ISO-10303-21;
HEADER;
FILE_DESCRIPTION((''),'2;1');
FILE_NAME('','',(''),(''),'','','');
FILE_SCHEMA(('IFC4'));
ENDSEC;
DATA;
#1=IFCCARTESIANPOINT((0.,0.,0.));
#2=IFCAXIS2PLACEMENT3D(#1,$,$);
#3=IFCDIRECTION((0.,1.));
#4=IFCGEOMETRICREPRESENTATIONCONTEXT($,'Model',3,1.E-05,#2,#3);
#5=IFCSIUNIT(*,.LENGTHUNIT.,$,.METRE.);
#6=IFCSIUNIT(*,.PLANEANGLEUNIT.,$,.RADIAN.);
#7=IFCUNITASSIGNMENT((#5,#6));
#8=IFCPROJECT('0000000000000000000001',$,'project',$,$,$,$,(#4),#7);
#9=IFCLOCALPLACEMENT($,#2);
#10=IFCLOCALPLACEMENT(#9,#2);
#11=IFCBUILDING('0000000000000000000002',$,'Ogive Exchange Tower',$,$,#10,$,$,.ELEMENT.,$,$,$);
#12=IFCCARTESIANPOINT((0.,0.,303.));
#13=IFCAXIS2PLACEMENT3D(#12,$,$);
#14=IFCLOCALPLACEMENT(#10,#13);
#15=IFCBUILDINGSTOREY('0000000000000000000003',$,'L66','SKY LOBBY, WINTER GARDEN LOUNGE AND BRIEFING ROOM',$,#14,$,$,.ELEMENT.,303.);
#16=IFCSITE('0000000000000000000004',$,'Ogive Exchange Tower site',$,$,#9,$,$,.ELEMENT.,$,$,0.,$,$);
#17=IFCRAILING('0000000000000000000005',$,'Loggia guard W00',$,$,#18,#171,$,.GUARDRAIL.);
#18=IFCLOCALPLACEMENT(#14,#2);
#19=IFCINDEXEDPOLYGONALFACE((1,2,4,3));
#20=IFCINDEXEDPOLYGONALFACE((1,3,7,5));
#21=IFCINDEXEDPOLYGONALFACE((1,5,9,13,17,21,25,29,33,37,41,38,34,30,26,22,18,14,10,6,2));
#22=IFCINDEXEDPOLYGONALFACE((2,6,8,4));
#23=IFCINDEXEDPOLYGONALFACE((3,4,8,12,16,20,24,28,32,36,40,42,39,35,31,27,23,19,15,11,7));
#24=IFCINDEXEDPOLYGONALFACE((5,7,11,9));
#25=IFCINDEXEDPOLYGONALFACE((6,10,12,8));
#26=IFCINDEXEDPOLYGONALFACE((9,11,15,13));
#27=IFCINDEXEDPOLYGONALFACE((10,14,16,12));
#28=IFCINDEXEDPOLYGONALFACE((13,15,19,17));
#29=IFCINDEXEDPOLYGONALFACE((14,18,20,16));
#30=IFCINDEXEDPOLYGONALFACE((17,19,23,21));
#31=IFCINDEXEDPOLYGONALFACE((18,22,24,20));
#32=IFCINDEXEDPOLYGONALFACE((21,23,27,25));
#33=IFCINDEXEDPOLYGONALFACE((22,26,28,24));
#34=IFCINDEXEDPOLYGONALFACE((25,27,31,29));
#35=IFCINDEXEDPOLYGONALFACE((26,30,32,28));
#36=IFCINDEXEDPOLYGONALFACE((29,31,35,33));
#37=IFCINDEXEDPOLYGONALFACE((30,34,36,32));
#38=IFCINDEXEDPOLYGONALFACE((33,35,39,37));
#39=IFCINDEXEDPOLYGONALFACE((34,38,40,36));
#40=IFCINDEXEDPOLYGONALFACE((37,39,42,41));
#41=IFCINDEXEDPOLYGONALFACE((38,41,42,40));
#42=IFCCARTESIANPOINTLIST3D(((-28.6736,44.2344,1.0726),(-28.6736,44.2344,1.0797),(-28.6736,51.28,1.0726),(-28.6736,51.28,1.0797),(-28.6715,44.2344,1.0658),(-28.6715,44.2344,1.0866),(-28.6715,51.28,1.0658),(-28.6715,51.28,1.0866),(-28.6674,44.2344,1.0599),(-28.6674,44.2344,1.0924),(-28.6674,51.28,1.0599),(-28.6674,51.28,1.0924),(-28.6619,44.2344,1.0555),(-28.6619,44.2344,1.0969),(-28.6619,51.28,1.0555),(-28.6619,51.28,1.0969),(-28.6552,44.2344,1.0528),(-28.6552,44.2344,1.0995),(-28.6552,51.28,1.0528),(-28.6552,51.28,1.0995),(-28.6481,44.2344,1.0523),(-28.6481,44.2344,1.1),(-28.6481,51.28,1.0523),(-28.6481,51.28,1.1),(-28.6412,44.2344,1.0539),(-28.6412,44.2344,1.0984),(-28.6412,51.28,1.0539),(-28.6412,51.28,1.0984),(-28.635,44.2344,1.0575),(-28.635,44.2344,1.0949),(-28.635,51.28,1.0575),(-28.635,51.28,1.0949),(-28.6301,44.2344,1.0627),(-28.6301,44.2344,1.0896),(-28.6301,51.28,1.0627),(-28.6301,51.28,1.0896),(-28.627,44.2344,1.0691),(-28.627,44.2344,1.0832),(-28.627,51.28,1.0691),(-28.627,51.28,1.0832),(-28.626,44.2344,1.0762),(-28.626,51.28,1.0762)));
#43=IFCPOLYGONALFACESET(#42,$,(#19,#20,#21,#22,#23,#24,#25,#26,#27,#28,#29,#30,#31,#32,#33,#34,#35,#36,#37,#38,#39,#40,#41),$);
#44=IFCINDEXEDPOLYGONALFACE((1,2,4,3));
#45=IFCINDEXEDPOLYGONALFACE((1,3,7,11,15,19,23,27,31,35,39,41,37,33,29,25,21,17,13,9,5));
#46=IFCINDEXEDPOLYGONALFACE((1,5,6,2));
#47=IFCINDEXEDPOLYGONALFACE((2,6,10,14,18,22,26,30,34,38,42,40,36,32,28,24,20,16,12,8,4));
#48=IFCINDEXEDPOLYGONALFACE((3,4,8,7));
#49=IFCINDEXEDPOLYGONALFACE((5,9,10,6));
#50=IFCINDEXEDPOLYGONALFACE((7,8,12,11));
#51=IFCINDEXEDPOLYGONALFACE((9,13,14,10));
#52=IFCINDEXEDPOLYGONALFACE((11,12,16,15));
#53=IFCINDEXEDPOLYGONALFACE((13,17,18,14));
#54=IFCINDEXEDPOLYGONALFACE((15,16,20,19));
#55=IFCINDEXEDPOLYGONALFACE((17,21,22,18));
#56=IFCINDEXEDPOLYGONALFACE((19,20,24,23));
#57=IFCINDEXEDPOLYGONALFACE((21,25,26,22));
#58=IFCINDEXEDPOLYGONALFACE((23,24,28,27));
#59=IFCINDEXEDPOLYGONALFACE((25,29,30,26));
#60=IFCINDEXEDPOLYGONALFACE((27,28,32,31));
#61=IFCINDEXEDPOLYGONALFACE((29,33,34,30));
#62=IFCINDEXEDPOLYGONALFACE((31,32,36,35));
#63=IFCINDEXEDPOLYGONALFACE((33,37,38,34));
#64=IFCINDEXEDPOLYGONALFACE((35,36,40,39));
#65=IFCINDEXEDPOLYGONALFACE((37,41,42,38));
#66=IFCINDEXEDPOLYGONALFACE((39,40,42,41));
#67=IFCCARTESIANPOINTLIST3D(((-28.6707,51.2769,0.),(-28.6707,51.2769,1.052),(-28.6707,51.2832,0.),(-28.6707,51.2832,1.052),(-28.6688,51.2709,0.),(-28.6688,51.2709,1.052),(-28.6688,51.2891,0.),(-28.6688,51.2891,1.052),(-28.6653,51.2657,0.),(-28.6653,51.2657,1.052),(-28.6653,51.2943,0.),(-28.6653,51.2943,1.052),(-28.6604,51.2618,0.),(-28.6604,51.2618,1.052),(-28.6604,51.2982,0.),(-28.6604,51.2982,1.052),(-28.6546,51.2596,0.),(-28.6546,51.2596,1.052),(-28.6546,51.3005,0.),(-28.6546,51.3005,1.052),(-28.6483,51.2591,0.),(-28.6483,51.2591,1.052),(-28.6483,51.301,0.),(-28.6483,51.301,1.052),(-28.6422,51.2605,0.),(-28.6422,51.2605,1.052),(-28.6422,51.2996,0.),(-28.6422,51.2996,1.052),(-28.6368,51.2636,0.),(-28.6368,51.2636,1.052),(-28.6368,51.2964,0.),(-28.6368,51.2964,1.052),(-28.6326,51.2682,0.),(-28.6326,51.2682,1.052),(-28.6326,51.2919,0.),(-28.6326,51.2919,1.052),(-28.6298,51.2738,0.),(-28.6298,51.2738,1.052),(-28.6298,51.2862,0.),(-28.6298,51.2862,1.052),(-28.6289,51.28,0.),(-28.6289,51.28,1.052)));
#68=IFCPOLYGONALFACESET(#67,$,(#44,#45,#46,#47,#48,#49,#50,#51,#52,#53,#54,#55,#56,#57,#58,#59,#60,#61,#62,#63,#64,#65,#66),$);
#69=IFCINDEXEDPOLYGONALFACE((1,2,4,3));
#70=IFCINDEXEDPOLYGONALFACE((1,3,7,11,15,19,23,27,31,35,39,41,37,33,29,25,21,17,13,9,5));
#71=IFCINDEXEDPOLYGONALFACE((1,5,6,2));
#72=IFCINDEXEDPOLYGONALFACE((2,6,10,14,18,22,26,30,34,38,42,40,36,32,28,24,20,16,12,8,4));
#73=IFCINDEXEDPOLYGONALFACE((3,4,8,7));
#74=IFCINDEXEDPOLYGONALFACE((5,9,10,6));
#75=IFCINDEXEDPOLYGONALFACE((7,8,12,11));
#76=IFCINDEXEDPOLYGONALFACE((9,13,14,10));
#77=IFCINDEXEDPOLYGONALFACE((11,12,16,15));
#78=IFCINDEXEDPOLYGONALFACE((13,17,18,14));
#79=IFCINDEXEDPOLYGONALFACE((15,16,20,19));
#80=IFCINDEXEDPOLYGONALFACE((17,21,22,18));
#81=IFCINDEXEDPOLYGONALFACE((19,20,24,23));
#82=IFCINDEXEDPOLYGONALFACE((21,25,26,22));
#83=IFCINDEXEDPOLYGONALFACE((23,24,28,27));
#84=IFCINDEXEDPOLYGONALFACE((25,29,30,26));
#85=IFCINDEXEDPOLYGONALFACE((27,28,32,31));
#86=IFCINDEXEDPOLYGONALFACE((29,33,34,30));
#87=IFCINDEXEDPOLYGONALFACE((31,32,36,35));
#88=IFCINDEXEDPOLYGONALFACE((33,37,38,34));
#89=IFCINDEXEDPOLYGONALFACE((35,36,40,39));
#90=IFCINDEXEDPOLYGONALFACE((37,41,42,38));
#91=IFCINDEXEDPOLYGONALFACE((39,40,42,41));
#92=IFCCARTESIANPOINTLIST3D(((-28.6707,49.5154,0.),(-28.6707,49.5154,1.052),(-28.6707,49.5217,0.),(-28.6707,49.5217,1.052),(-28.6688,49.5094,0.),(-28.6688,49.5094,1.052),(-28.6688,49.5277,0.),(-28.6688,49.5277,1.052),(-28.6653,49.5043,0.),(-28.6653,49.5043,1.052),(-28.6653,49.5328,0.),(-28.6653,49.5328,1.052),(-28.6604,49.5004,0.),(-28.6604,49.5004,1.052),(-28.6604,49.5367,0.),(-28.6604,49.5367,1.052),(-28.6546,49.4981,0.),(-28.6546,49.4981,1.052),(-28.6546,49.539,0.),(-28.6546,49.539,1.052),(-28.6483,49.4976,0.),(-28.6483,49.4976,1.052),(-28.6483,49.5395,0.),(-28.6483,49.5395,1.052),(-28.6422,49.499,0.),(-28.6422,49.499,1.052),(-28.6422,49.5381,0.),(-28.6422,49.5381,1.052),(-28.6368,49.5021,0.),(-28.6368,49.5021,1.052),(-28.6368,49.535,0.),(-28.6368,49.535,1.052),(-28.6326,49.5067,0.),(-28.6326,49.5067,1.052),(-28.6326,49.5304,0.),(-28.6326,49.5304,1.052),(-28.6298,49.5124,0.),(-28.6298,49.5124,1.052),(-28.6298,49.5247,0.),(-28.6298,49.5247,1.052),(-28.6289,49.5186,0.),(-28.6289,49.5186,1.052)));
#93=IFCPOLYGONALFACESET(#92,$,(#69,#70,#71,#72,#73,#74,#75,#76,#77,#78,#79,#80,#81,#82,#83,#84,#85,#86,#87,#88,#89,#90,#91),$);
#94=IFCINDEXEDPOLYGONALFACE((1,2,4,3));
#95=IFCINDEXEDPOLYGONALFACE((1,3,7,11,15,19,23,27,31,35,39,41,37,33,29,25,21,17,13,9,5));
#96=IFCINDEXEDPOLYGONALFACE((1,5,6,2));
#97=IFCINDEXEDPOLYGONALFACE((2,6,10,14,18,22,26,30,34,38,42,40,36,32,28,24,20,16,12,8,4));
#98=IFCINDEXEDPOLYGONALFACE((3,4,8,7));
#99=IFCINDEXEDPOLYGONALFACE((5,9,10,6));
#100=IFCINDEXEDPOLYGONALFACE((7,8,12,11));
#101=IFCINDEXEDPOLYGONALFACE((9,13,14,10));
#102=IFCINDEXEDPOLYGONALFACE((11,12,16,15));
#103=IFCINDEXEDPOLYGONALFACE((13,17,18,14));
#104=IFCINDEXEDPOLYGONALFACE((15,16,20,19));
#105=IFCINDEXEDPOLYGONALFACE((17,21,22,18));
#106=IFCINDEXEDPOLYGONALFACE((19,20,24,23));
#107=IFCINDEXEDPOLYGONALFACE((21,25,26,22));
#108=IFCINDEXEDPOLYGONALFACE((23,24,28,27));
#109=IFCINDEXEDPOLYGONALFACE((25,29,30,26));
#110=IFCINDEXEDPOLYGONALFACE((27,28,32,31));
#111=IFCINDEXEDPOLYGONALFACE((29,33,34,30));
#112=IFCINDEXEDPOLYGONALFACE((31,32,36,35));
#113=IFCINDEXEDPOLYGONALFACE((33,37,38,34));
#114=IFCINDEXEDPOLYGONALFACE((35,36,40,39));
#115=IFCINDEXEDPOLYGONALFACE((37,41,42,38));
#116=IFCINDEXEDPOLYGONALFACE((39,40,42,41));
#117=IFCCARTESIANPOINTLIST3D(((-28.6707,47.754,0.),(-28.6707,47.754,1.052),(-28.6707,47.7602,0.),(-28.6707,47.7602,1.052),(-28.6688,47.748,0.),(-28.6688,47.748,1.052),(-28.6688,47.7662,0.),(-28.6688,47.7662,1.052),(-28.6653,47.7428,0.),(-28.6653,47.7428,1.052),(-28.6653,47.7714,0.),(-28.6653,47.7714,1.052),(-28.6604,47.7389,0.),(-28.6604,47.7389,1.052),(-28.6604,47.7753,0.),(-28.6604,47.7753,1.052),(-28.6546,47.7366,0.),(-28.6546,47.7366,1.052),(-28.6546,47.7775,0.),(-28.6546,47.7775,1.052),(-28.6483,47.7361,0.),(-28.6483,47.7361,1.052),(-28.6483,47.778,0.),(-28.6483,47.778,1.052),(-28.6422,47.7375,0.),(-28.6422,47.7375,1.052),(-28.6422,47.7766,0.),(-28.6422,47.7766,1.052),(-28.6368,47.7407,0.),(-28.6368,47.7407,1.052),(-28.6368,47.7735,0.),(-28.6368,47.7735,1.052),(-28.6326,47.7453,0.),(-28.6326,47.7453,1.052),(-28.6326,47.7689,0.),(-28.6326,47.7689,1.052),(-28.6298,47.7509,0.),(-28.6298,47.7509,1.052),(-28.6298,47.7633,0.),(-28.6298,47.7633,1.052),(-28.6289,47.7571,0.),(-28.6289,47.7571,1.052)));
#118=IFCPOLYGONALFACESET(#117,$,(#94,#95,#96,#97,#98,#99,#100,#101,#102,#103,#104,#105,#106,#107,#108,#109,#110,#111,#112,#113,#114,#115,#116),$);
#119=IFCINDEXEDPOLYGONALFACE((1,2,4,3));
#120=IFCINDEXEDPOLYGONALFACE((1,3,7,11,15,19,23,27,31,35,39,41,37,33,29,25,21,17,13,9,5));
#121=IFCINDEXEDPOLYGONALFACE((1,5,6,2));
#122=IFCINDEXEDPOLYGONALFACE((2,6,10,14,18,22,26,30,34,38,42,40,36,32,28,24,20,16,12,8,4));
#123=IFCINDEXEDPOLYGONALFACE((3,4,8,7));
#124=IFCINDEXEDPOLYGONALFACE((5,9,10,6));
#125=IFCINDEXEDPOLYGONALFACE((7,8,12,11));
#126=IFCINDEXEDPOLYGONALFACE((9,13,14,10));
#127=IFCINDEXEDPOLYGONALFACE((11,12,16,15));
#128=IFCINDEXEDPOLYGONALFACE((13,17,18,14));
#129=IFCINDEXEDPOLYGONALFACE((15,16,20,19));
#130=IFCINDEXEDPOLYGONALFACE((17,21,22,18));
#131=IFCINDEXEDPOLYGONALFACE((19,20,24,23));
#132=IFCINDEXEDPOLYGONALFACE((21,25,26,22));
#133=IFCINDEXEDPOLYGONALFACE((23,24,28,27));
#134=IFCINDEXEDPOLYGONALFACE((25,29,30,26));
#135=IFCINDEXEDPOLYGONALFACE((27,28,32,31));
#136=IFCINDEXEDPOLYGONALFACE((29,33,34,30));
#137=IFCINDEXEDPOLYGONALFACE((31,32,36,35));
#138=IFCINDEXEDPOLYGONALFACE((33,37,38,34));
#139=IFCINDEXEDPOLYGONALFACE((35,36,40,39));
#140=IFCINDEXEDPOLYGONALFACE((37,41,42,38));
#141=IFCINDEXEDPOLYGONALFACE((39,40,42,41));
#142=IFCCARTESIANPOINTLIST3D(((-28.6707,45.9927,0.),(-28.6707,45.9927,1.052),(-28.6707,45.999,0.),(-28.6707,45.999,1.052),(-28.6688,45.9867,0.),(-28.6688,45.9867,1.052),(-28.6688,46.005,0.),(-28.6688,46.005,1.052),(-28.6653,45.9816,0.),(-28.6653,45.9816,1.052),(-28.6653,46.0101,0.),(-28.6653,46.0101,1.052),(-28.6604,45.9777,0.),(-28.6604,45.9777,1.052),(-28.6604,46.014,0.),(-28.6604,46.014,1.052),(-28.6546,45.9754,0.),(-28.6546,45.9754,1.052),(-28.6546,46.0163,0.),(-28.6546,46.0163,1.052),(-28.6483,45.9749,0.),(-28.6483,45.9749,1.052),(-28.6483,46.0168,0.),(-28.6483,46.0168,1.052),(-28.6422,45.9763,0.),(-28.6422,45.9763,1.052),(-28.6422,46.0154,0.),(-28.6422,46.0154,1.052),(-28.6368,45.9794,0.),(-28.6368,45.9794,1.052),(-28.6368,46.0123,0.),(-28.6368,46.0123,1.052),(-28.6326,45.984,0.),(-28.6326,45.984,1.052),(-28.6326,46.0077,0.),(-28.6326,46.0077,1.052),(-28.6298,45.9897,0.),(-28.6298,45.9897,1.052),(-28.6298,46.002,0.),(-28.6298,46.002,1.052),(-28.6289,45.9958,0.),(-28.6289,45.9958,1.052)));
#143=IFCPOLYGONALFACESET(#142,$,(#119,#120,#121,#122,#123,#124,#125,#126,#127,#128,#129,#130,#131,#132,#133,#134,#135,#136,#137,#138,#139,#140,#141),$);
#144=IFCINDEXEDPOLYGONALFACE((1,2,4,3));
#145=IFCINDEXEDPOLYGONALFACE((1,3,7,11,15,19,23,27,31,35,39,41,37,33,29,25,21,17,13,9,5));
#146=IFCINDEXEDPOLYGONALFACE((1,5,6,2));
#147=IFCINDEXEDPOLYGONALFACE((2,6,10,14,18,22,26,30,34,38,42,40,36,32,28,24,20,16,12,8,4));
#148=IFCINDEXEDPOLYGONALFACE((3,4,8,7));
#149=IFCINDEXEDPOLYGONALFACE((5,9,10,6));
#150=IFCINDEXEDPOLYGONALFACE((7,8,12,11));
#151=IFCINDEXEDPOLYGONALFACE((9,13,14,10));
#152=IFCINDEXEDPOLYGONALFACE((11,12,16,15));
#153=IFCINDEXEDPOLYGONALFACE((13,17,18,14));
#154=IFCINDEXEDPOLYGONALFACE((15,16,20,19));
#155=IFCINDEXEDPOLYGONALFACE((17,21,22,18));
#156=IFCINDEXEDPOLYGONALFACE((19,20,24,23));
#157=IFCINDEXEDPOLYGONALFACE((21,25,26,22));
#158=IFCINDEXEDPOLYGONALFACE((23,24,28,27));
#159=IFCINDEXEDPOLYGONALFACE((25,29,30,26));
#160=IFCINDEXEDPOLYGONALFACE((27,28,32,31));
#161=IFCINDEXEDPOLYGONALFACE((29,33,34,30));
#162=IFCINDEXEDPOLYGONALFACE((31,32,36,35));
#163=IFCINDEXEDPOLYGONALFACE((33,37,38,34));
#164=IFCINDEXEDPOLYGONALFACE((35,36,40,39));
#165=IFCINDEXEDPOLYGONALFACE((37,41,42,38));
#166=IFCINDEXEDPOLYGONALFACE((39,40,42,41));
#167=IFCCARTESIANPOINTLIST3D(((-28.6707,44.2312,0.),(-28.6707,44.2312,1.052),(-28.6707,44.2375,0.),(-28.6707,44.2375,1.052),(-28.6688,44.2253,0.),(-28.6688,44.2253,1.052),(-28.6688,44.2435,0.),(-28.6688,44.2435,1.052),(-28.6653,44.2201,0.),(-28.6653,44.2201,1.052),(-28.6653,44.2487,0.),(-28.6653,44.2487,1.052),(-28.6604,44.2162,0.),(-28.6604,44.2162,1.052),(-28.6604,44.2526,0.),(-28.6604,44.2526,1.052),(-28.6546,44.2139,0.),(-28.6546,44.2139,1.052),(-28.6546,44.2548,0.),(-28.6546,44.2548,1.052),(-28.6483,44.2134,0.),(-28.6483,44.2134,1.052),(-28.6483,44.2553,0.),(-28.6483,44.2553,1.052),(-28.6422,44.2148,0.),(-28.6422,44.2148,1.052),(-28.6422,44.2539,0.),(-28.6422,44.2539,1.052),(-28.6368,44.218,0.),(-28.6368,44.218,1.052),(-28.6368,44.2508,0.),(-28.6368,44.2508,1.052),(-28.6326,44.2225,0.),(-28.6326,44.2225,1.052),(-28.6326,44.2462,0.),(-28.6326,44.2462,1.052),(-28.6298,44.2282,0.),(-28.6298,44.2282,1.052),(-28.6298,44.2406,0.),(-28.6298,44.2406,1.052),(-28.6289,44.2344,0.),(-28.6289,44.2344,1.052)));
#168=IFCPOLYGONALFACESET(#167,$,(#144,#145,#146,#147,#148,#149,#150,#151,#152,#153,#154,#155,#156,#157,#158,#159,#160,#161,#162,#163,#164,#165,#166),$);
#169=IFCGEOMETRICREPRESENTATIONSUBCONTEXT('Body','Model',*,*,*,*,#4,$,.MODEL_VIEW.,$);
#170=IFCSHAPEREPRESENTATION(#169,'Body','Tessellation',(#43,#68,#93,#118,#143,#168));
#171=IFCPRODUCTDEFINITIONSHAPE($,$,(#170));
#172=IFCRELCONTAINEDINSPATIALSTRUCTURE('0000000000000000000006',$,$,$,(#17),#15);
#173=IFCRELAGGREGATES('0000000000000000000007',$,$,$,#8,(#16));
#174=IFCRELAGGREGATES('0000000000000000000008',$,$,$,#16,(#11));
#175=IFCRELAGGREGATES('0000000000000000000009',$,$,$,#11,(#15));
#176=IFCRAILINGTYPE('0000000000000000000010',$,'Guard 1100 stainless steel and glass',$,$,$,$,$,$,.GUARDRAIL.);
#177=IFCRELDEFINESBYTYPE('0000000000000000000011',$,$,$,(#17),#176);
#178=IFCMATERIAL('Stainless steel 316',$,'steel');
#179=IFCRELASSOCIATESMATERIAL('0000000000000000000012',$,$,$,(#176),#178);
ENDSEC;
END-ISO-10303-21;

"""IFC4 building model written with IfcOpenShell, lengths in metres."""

from ifc_helpers import new_model, si_unit, direction, frame, origin, origin_2d, place, context, subcontext, project, spatial, circle, extrude, material, type_object, element, save


model = new_model("IFC4")

# Units and contexts
model_context = context("Model", 3, precision=1e-05, world=origin(), true_north=direction((0.0, 1.0)))
body_context = subcontext(model_context, "Body", "Model", "MODEL_VIEW")
ifc_project = project(units=[si_unit("LENGTHUNIT", "METRE"), si_unit("PLANEANGLEUNIT", "RADIAN")], contexts=[model_context])

# Site, building, storey
site_placement = place(None, origin())
site = spatial("IfcSite", under=ifc_project, at=site_placement, Name="Ogive Exchange Tower site", CompositionType="ELEMENT", RefElevation=0.0)
building_placement = place(site_placement, origin())
building = spatial("IfcBuilding", under=site, at=building_placement, Name="Ogive Exchange Tower", CompositionType="ELEMENT")
storey_placement = place(building_placement, frame((0.0, 0.0, 303.0)))
storey = spatial("IfcBuildingStorey", under=building, at=storey_placement, Name="L66", Description="SKY LOBBY, WINTER GARDEN LOUNGE AND BRIEFING ROOM", CompositionType="ELEMENT", Elevation=303.0)

# Railing
ifc_material_1 = material(Name="Stainless steel 316", Category="steel")
railing_type_1 = type_object("IfcRailingType", Name="Guard 1100 stainless steel and glass", PredefinedType="GUARDRAIL", material=ifc_material_1)
for number, where, name in (
    (1, (-28.6499, 51.28, 0.0), "Loggia guard W00"),
):
    element("IfcRailing", number, at=place(storey_placement, frame(where)), inside=storey, type_object=railing_type_1, Name=name, PredefinedType="GUARDRAIL", context=body_context, shape_type="SweptSolid", body=[
        extrude(circle(Radius=0.0239, at=origin_2d()), frame((0.0, 0.0, 1.0762), z_axis=(0.0, -1.0, 0.0), x_axis=(1.0, 0.0, 0.0)), (0.0, 0.0, 1.0), 7.0457),
        extrude(circle(Radius=0.021, at=origin_2d()), origin(), (0.0, 0.0, 1.0), 1.052),
        extrude(circle(Radius=0.021, at=origin_2d()), frame((0.0, -1.7615, 0.0)), (0.0, 0.0, 1.0), 1.052),
        extrude(circle(Radius=0.021, at=origin_2d()), frame((0.0, -3.5229, 0.0)), (0.0, 0.0, 1.0), 1.052),
        extrude(circle(Radius=0.021, at=origin_2d()), frame((0.0, -5.2842, 0.0)), (0.0, 0.0, 1.0), 1.052),
        extrude(circle(Radius=0.021, at=origin_2d()), frame((0.0, -7.0457, 0.0)), (0.0, 0.0, 1.0), 1.052),
    ])

save(model, "model.ifc")
